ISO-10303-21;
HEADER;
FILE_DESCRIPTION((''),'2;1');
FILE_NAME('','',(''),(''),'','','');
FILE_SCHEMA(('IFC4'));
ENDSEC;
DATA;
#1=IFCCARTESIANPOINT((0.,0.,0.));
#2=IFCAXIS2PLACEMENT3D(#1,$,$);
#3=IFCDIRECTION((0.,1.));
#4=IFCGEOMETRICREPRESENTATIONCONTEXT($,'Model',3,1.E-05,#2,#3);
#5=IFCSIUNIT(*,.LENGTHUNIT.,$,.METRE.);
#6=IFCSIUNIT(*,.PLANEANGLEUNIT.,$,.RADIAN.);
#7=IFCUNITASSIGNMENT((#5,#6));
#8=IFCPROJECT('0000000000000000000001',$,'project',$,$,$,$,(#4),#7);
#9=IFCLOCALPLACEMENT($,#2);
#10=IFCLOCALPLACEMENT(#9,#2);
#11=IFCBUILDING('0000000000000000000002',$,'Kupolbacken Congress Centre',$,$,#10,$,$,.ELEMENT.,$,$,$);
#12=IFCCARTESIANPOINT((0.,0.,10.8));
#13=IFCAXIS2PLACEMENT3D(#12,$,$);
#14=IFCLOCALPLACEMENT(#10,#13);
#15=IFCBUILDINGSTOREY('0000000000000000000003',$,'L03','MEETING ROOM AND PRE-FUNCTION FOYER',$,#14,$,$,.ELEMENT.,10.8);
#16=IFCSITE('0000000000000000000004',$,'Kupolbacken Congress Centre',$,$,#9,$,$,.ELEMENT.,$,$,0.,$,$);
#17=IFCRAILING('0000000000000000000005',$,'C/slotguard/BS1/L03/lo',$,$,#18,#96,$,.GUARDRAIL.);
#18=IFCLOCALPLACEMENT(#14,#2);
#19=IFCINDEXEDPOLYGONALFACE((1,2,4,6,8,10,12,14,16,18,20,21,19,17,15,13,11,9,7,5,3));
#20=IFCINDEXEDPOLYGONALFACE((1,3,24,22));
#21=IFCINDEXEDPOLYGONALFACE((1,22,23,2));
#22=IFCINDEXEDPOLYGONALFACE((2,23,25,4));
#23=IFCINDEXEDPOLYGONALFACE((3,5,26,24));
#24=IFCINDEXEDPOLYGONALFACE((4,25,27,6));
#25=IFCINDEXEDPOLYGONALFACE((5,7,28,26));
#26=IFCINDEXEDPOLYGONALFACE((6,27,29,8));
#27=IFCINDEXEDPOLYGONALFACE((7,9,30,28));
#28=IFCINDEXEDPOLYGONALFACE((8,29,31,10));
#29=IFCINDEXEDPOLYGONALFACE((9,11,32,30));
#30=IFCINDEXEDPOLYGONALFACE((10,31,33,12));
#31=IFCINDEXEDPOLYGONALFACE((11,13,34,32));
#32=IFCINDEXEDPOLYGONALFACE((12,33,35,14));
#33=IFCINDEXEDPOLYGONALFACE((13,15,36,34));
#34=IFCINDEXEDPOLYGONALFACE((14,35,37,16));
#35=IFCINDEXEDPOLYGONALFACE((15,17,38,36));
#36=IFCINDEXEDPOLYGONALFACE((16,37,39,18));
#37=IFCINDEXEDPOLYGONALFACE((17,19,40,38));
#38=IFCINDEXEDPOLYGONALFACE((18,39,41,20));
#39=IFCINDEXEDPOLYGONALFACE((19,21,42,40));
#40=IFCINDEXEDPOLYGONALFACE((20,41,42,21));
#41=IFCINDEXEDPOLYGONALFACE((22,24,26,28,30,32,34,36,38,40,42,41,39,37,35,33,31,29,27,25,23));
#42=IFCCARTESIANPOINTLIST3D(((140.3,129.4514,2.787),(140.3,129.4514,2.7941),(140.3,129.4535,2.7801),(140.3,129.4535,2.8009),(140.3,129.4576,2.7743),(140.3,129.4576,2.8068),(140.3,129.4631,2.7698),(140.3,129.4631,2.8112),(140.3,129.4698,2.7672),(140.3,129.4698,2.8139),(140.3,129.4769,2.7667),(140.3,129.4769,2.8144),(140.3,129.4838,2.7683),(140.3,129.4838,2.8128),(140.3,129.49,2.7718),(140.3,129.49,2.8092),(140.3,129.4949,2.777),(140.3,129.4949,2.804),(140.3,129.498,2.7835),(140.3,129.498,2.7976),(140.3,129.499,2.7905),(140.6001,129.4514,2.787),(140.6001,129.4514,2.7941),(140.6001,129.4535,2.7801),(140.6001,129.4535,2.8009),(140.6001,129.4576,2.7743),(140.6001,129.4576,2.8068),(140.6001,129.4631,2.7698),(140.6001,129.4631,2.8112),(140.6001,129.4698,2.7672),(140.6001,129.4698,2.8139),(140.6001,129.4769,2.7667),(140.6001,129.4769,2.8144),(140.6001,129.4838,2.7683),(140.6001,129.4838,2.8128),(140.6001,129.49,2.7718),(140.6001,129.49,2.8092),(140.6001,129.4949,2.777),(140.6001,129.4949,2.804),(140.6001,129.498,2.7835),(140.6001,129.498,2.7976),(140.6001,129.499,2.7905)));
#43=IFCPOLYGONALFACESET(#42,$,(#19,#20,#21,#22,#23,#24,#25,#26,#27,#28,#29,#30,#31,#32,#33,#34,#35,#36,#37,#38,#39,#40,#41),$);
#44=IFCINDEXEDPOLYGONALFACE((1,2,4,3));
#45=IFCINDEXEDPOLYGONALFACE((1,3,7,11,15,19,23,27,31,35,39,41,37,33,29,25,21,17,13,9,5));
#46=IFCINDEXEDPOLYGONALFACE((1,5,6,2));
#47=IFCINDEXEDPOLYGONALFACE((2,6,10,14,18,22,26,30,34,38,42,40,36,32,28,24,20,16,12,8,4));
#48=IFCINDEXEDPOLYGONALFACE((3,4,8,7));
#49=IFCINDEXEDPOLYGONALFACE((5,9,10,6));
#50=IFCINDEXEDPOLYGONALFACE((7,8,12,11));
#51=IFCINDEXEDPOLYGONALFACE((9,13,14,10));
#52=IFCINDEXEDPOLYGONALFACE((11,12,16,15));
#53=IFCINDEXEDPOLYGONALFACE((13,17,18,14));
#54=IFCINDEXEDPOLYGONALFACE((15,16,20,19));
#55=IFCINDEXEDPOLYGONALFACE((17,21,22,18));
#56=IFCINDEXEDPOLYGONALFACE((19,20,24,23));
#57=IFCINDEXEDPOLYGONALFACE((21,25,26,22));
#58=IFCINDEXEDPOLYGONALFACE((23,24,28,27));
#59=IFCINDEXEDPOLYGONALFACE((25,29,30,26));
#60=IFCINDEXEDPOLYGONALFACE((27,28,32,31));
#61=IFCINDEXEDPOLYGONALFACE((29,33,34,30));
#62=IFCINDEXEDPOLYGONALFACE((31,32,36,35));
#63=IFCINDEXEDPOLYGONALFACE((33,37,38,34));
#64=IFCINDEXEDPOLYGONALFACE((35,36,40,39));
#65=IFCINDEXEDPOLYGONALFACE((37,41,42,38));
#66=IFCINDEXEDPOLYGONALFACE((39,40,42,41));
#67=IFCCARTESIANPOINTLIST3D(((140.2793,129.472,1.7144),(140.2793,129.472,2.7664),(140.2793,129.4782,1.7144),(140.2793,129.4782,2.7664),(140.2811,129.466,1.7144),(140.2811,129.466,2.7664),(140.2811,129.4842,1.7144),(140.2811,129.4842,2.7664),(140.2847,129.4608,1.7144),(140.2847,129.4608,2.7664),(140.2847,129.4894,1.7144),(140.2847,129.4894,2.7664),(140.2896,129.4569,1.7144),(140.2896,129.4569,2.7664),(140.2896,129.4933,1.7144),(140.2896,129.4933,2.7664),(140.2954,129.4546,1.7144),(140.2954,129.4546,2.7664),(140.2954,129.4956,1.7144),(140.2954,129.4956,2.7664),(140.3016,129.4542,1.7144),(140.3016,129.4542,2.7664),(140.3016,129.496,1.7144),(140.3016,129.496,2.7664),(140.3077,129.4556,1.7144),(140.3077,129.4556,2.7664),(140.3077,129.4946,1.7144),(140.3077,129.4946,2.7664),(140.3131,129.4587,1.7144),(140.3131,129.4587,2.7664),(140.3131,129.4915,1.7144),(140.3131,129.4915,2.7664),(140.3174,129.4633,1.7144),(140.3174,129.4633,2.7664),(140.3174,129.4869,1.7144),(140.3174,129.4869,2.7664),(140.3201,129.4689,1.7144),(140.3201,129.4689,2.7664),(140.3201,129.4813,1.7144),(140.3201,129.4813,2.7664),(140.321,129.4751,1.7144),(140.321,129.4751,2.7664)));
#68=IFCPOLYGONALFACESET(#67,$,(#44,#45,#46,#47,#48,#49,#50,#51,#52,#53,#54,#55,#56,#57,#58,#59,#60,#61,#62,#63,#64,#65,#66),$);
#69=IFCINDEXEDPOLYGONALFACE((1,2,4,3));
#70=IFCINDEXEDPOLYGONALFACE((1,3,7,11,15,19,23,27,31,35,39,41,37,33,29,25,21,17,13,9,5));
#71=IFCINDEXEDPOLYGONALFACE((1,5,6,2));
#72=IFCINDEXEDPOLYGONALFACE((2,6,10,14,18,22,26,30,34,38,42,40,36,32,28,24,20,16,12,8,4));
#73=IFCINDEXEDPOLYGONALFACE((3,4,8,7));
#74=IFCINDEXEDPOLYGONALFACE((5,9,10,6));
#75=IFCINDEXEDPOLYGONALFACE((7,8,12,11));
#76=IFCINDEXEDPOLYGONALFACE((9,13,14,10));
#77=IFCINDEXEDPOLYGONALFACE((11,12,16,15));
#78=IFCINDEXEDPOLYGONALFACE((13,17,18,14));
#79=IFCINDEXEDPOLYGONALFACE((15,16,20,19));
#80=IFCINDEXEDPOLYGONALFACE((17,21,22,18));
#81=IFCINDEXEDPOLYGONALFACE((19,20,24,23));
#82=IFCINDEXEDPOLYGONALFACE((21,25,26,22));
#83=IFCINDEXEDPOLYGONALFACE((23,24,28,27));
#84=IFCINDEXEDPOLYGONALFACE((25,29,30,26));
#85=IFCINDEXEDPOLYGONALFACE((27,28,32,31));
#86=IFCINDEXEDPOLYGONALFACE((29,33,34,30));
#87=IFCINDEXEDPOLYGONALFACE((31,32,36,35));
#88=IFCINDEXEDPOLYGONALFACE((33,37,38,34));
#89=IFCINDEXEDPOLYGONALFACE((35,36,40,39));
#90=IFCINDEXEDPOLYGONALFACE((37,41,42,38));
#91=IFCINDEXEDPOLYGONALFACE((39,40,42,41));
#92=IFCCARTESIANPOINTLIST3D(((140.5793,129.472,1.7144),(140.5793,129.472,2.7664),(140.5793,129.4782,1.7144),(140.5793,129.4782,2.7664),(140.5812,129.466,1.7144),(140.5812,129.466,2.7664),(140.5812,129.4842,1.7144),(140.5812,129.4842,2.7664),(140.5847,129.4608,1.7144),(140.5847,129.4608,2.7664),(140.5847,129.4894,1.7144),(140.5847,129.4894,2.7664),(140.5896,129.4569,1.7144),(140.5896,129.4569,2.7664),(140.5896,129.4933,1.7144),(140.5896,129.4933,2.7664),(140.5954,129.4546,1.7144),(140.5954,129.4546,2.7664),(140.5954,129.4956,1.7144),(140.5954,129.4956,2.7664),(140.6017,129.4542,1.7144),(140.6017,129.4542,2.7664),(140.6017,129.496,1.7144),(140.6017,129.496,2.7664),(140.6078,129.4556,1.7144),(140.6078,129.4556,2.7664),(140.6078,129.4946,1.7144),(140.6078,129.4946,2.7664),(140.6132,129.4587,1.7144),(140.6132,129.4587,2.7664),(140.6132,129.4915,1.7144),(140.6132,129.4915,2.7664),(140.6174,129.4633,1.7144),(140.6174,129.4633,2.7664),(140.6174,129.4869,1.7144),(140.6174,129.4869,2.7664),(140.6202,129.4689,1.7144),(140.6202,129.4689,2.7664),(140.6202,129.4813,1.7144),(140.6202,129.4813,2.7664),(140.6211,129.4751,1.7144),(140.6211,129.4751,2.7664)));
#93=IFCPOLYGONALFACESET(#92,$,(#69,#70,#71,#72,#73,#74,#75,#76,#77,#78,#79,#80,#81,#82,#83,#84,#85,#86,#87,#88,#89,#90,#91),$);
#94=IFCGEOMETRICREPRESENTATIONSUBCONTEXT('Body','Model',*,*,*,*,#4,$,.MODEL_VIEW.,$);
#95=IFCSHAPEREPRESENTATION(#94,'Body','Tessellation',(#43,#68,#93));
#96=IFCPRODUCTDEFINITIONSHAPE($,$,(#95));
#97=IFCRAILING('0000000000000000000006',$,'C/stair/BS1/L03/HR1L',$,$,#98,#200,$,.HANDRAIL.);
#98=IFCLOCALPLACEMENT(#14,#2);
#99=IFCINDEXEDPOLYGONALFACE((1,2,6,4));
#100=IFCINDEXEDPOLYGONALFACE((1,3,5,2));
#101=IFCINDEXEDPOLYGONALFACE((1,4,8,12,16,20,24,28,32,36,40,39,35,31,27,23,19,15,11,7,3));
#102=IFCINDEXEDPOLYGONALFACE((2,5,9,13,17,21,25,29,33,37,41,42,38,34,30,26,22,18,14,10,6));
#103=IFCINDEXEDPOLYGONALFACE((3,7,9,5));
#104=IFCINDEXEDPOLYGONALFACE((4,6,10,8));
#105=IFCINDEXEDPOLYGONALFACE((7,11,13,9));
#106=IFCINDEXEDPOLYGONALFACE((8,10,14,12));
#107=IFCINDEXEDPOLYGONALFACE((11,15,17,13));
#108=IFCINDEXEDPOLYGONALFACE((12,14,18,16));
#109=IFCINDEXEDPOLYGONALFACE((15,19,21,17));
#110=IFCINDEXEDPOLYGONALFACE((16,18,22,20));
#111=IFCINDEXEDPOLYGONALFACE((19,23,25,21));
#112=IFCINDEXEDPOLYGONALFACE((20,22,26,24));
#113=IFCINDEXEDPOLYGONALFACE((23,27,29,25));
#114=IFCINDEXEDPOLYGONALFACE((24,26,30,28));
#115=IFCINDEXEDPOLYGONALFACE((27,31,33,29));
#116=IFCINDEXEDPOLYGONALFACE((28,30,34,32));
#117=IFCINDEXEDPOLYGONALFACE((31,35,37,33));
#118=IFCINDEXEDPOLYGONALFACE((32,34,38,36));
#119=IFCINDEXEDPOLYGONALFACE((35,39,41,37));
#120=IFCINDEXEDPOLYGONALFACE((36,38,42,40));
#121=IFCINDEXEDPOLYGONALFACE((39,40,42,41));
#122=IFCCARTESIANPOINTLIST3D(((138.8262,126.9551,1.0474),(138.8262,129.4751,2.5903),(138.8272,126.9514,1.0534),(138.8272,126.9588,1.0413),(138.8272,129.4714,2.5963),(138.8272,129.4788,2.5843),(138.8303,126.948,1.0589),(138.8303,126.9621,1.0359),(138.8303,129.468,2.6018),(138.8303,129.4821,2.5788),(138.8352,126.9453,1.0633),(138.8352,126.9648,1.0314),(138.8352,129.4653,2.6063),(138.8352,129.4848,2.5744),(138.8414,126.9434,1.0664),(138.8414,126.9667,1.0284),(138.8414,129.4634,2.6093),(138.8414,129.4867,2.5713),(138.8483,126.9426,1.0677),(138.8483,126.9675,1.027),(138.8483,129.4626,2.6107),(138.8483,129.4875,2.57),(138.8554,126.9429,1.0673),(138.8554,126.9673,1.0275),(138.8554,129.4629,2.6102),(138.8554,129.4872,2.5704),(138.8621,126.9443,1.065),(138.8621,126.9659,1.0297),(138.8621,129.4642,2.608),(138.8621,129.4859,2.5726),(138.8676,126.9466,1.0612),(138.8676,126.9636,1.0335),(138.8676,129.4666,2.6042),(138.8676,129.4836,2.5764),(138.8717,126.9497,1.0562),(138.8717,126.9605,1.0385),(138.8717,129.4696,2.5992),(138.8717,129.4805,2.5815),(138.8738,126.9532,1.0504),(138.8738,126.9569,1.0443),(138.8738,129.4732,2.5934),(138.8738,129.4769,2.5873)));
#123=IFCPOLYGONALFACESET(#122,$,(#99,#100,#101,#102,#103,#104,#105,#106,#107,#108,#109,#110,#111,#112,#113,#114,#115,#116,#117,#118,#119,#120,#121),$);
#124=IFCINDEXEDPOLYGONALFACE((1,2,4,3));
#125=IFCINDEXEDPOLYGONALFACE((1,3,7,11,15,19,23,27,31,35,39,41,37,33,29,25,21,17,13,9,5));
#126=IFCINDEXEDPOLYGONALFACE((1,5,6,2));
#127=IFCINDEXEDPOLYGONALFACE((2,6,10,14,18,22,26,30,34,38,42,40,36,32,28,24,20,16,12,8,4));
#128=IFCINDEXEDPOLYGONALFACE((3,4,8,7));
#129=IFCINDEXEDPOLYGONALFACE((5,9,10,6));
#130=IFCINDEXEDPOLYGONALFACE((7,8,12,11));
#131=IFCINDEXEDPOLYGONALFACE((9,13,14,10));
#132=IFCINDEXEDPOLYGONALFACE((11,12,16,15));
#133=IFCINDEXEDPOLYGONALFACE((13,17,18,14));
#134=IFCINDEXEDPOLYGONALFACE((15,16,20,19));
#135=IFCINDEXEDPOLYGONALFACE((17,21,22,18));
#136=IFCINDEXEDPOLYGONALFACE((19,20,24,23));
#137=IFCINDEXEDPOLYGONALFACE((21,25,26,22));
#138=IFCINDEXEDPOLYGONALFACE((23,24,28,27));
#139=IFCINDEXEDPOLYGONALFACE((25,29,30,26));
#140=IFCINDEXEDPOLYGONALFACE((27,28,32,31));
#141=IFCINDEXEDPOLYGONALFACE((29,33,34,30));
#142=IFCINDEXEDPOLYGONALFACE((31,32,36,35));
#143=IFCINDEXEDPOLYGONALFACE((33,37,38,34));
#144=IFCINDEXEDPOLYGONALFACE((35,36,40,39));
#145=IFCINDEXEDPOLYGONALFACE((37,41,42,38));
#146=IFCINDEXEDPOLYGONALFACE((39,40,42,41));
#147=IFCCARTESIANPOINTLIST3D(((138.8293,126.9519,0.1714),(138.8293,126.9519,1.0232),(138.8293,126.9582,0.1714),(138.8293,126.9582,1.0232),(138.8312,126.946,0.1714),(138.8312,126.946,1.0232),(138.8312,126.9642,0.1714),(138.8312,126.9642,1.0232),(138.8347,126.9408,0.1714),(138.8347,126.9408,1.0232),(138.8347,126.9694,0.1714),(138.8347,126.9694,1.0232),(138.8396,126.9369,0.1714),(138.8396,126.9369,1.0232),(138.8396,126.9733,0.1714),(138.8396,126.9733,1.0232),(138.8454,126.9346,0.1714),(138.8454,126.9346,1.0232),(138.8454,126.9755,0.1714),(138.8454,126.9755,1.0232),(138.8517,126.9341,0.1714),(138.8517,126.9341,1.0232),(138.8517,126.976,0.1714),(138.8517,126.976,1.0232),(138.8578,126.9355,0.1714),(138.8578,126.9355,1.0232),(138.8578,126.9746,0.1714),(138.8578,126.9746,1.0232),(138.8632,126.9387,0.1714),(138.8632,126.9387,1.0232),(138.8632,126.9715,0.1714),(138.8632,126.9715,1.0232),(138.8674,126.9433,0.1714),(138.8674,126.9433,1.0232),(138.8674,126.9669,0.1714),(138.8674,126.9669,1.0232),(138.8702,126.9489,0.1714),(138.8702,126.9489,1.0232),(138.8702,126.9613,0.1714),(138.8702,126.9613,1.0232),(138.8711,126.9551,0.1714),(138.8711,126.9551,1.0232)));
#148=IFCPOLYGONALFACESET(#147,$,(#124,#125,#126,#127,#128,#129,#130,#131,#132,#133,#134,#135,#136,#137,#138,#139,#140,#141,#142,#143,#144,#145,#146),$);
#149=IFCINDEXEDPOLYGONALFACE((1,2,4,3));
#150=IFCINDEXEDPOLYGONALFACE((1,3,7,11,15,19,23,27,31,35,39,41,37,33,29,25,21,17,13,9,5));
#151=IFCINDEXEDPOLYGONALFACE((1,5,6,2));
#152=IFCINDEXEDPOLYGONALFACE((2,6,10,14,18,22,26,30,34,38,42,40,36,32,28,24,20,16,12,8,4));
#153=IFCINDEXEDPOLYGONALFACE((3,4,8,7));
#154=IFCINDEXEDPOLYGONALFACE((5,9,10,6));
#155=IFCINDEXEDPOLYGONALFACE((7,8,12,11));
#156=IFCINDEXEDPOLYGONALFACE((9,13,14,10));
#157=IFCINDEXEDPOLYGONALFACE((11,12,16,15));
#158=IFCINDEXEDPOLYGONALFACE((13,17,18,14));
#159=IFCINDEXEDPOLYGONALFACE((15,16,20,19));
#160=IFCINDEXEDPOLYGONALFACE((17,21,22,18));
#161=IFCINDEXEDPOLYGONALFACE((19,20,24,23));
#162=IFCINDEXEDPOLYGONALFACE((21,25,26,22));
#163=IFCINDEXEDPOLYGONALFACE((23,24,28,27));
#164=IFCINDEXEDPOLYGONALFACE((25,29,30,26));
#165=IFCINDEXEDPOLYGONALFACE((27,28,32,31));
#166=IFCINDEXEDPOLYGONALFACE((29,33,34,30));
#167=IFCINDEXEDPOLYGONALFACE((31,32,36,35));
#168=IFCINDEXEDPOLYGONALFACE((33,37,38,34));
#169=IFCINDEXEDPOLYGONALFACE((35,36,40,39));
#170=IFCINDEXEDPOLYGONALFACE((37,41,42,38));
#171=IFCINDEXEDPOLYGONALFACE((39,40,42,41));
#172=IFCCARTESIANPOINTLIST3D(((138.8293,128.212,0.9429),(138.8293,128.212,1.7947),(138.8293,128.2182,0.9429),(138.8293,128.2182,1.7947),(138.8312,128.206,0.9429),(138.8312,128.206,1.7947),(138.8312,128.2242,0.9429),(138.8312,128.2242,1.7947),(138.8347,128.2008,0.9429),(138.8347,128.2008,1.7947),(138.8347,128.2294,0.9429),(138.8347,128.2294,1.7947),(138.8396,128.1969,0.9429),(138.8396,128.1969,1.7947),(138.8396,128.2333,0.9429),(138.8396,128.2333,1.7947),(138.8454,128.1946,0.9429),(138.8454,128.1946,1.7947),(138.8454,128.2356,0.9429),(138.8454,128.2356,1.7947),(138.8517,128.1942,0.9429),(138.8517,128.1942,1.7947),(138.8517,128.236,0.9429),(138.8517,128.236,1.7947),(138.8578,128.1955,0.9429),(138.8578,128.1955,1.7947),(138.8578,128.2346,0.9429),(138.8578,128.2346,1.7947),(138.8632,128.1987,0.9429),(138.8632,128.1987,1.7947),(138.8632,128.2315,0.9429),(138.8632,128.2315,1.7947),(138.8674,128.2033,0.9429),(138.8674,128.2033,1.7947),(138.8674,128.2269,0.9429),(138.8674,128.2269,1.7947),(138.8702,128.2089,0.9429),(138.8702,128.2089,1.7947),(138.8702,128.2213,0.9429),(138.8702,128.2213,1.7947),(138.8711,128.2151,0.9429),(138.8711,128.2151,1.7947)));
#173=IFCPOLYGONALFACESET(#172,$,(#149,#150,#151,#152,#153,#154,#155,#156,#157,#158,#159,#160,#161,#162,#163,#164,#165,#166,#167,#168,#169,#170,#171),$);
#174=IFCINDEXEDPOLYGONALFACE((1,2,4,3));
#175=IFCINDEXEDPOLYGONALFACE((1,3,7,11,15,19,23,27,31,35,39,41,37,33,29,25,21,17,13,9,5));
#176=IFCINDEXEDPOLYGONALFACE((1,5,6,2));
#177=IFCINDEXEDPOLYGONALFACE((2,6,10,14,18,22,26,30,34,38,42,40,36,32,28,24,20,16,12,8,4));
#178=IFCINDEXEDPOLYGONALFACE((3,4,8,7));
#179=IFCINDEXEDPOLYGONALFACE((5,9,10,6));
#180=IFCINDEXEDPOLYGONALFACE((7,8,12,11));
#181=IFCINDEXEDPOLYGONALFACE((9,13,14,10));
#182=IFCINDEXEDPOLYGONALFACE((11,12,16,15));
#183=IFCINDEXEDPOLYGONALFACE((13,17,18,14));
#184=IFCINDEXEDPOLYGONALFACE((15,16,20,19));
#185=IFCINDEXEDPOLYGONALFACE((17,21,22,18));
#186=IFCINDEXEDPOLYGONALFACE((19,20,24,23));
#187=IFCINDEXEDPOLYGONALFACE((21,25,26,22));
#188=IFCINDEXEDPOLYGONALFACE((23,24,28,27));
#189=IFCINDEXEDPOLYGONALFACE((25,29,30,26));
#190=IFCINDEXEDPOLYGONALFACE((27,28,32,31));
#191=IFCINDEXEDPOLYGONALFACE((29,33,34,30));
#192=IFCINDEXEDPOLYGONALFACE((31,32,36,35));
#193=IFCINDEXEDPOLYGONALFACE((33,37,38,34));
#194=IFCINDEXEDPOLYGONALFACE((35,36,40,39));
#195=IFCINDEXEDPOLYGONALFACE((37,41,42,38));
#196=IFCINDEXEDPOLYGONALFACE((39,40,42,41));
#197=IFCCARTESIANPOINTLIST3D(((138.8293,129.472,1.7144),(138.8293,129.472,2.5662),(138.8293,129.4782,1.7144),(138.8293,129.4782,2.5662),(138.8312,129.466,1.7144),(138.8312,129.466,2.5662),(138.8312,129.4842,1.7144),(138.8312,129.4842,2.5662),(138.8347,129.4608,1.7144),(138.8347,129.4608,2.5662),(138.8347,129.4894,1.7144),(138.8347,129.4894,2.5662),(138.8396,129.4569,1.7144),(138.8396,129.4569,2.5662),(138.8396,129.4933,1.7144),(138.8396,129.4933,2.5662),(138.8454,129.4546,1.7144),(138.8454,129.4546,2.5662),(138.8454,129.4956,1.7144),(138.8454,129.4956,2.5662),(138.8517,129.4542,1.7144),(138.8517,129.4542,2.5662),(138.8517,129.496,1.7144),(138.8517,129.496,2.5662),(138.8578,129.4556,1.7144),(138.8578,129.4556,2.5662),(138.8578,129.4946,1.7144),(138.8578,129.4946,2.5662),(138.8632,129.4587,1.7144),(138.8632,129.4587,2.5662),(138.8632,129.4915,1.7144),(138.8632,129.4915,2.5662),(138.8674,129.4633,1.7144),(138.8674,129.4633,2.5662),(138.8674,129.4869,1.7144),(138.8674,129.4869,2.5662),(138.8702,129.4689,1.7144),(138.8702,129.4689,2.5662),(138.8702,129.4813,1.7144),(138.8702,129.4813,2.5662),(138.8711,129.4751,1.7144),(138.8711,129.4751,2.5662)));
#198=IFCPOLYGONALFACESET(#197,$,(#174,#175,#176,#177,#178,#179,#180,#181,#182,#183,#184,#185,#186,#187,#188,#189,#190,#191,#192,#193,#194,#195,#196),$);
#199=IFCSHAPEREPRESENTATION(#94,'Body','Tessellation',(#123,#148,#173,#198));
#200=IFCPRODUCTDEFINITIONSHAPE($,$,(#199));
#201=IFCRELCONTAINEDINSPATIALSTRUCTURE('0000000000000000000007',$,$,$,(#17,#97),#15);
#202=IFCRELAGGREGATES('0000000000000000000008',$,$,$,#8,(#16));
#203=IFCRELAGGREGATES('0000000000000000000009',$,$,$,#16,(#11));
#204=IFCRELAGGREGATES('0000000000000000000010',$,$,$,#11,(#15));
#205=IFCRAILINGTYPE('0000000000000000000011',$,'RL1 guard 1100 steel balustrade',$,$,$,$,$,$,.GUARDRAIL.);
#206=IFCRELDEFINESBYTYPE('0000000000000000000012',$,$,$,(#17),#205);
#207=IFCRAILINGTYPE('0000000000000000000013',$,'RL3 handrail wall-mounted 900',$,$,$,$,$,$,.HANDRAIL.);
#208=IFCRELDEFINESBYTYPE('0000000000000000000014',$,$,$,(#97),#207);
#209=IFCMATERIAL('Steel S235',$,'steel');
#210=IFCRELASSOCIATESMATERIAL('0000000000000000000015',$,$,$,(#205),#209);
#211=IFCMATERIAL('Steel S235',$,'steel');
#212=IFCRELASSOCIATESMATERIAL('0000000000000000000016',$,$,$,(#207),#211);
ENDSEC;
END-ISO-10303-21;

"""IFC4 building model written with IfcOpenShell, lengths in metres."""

from ifc_helpers import new_model, si_unit, direction, frame, origin, origin_2d, place, context, subcontext, project, spatial, circle, extrude, material, type_object, element, save


model = new_model("IFC4")

# Units and contexts
model_context = context("Model", 3, precision=1e-05, world=origin(), true_north=direction((0.0, 1.0)))
body_context = subcontext(model_context, "Body", "Model", "MODEL_VIEW")
ifc_project = project(units=[si_unit("LENGTHUNIT", "METRE"), si_unit("PLANEANGLEUNIT", "RADIAN")], contexts=[model_context])

# Site, building, storey
site_placement = place(None, origin())
site = spatial("IfcSite", under=ifc_project, at=site_placement, Name="Kupolbacken Congress Centre", CompositionType="ELEMENT", RefElevation=0.0)
building_placement = place(site_placement, origin())
building = spatial("IfcBuilding", under=site, at=building_placement, Name="Kupolbacken Congress Centre", CompositionType="ELEMENT")
storey_placement = place(building_placement, frame((0.0, 0.0, 10.8)))
storey = spatial("IfcBuildingStorey", under=building, at=storey_placement, Name="L03", Description="MEETING ROOM AND PRE-FUNCTION FOYER", CompositionType="ELEMENT", Elevation=10.8)

# Railings
ifc_material_1 = material(Name="Steel S235", Category="steel")
railing_type_1 = type_object("IfcRailingType", Name="RL1 guard 1100 steel balustrade", PredefinedType="GUARDRAIL", material=ifc_material_1)
railing_placement = place(storey_placement, frame((140.3, 129.4751, 1.7144)))
element("IfcRailing", 1, at=railing_placement, inside=storey, type_object=railing_type_1, Name="C/slotguard/BS1/L03/lo", PredefinedType="GUARDRAIL", context=body_context, shape_type="SweptSolid", body=[
    extrude(circle(Radius=0.0239, at=origin_2d()), frame((0.0, 0.0, 1.0762), z_axis=(1.0, 0.0, 0.0), x_axis=(0.0, 1.0, 0.0)), (0.0, 0.0, 1.0), 0.3),
    extrude(circle(Radius=0.021, at=origin_2d()), origin(), (0.0, 0.0, 1.0), 1.052),
    extrude(circle(Radius=0.021, at=origin_2d()), frame((0.3, 0.0, 0.0)), (0.0, 0.0, 1.0), 1.052),
])
ifc_material_2 = material(Name="Steel S235", Category="steel")
railing_type_2 = type_object("IfcRailingType", Name="RL3 handrail wall-mounted 900", PredefinedType="HANDRAIL", material=ifc_material_2)
for number, where, name in (
    (2, (138.8501, 126.9551, 0.1714), "C/stair/BS1/L03/HR1L"),
):
    element("IfcRailing", number, at=place(storey_placement, frame(where)), inside=storey, type_object=railing_type_2, Name=name, PredefinedType="HANDRAIL", context=body_context, shape_type="SweptSolid", body=[
        extrude(circle(Radius=0.0239, at=origin_2d()), frame((0.0, 0.0, 0.876), z_axis=(0.0, 0.852836, 0.522178), x_axis=(-1.0, 0.0, 0.0)), (0.0, 0.0, 1.0), 2.9548),
        extrude(circle(Radius=0.021, at=origin_2d()), origin(), (0.0, 0.0, 1.0), 0.8518),
        extrude(circle(Radius=0.021, at=origin_2d()), frame((0.0, 1.26, 0.7715)), (0.0, 0.0, 1.0), 0.8518),
        extrude(circle(Radius=0.021, at=origin_2d()), frame((0.0, 2.52, 1.543)), (0.0, 0.0, 1.0), 0.8518),
    ])

save(model, "model.ifc")
